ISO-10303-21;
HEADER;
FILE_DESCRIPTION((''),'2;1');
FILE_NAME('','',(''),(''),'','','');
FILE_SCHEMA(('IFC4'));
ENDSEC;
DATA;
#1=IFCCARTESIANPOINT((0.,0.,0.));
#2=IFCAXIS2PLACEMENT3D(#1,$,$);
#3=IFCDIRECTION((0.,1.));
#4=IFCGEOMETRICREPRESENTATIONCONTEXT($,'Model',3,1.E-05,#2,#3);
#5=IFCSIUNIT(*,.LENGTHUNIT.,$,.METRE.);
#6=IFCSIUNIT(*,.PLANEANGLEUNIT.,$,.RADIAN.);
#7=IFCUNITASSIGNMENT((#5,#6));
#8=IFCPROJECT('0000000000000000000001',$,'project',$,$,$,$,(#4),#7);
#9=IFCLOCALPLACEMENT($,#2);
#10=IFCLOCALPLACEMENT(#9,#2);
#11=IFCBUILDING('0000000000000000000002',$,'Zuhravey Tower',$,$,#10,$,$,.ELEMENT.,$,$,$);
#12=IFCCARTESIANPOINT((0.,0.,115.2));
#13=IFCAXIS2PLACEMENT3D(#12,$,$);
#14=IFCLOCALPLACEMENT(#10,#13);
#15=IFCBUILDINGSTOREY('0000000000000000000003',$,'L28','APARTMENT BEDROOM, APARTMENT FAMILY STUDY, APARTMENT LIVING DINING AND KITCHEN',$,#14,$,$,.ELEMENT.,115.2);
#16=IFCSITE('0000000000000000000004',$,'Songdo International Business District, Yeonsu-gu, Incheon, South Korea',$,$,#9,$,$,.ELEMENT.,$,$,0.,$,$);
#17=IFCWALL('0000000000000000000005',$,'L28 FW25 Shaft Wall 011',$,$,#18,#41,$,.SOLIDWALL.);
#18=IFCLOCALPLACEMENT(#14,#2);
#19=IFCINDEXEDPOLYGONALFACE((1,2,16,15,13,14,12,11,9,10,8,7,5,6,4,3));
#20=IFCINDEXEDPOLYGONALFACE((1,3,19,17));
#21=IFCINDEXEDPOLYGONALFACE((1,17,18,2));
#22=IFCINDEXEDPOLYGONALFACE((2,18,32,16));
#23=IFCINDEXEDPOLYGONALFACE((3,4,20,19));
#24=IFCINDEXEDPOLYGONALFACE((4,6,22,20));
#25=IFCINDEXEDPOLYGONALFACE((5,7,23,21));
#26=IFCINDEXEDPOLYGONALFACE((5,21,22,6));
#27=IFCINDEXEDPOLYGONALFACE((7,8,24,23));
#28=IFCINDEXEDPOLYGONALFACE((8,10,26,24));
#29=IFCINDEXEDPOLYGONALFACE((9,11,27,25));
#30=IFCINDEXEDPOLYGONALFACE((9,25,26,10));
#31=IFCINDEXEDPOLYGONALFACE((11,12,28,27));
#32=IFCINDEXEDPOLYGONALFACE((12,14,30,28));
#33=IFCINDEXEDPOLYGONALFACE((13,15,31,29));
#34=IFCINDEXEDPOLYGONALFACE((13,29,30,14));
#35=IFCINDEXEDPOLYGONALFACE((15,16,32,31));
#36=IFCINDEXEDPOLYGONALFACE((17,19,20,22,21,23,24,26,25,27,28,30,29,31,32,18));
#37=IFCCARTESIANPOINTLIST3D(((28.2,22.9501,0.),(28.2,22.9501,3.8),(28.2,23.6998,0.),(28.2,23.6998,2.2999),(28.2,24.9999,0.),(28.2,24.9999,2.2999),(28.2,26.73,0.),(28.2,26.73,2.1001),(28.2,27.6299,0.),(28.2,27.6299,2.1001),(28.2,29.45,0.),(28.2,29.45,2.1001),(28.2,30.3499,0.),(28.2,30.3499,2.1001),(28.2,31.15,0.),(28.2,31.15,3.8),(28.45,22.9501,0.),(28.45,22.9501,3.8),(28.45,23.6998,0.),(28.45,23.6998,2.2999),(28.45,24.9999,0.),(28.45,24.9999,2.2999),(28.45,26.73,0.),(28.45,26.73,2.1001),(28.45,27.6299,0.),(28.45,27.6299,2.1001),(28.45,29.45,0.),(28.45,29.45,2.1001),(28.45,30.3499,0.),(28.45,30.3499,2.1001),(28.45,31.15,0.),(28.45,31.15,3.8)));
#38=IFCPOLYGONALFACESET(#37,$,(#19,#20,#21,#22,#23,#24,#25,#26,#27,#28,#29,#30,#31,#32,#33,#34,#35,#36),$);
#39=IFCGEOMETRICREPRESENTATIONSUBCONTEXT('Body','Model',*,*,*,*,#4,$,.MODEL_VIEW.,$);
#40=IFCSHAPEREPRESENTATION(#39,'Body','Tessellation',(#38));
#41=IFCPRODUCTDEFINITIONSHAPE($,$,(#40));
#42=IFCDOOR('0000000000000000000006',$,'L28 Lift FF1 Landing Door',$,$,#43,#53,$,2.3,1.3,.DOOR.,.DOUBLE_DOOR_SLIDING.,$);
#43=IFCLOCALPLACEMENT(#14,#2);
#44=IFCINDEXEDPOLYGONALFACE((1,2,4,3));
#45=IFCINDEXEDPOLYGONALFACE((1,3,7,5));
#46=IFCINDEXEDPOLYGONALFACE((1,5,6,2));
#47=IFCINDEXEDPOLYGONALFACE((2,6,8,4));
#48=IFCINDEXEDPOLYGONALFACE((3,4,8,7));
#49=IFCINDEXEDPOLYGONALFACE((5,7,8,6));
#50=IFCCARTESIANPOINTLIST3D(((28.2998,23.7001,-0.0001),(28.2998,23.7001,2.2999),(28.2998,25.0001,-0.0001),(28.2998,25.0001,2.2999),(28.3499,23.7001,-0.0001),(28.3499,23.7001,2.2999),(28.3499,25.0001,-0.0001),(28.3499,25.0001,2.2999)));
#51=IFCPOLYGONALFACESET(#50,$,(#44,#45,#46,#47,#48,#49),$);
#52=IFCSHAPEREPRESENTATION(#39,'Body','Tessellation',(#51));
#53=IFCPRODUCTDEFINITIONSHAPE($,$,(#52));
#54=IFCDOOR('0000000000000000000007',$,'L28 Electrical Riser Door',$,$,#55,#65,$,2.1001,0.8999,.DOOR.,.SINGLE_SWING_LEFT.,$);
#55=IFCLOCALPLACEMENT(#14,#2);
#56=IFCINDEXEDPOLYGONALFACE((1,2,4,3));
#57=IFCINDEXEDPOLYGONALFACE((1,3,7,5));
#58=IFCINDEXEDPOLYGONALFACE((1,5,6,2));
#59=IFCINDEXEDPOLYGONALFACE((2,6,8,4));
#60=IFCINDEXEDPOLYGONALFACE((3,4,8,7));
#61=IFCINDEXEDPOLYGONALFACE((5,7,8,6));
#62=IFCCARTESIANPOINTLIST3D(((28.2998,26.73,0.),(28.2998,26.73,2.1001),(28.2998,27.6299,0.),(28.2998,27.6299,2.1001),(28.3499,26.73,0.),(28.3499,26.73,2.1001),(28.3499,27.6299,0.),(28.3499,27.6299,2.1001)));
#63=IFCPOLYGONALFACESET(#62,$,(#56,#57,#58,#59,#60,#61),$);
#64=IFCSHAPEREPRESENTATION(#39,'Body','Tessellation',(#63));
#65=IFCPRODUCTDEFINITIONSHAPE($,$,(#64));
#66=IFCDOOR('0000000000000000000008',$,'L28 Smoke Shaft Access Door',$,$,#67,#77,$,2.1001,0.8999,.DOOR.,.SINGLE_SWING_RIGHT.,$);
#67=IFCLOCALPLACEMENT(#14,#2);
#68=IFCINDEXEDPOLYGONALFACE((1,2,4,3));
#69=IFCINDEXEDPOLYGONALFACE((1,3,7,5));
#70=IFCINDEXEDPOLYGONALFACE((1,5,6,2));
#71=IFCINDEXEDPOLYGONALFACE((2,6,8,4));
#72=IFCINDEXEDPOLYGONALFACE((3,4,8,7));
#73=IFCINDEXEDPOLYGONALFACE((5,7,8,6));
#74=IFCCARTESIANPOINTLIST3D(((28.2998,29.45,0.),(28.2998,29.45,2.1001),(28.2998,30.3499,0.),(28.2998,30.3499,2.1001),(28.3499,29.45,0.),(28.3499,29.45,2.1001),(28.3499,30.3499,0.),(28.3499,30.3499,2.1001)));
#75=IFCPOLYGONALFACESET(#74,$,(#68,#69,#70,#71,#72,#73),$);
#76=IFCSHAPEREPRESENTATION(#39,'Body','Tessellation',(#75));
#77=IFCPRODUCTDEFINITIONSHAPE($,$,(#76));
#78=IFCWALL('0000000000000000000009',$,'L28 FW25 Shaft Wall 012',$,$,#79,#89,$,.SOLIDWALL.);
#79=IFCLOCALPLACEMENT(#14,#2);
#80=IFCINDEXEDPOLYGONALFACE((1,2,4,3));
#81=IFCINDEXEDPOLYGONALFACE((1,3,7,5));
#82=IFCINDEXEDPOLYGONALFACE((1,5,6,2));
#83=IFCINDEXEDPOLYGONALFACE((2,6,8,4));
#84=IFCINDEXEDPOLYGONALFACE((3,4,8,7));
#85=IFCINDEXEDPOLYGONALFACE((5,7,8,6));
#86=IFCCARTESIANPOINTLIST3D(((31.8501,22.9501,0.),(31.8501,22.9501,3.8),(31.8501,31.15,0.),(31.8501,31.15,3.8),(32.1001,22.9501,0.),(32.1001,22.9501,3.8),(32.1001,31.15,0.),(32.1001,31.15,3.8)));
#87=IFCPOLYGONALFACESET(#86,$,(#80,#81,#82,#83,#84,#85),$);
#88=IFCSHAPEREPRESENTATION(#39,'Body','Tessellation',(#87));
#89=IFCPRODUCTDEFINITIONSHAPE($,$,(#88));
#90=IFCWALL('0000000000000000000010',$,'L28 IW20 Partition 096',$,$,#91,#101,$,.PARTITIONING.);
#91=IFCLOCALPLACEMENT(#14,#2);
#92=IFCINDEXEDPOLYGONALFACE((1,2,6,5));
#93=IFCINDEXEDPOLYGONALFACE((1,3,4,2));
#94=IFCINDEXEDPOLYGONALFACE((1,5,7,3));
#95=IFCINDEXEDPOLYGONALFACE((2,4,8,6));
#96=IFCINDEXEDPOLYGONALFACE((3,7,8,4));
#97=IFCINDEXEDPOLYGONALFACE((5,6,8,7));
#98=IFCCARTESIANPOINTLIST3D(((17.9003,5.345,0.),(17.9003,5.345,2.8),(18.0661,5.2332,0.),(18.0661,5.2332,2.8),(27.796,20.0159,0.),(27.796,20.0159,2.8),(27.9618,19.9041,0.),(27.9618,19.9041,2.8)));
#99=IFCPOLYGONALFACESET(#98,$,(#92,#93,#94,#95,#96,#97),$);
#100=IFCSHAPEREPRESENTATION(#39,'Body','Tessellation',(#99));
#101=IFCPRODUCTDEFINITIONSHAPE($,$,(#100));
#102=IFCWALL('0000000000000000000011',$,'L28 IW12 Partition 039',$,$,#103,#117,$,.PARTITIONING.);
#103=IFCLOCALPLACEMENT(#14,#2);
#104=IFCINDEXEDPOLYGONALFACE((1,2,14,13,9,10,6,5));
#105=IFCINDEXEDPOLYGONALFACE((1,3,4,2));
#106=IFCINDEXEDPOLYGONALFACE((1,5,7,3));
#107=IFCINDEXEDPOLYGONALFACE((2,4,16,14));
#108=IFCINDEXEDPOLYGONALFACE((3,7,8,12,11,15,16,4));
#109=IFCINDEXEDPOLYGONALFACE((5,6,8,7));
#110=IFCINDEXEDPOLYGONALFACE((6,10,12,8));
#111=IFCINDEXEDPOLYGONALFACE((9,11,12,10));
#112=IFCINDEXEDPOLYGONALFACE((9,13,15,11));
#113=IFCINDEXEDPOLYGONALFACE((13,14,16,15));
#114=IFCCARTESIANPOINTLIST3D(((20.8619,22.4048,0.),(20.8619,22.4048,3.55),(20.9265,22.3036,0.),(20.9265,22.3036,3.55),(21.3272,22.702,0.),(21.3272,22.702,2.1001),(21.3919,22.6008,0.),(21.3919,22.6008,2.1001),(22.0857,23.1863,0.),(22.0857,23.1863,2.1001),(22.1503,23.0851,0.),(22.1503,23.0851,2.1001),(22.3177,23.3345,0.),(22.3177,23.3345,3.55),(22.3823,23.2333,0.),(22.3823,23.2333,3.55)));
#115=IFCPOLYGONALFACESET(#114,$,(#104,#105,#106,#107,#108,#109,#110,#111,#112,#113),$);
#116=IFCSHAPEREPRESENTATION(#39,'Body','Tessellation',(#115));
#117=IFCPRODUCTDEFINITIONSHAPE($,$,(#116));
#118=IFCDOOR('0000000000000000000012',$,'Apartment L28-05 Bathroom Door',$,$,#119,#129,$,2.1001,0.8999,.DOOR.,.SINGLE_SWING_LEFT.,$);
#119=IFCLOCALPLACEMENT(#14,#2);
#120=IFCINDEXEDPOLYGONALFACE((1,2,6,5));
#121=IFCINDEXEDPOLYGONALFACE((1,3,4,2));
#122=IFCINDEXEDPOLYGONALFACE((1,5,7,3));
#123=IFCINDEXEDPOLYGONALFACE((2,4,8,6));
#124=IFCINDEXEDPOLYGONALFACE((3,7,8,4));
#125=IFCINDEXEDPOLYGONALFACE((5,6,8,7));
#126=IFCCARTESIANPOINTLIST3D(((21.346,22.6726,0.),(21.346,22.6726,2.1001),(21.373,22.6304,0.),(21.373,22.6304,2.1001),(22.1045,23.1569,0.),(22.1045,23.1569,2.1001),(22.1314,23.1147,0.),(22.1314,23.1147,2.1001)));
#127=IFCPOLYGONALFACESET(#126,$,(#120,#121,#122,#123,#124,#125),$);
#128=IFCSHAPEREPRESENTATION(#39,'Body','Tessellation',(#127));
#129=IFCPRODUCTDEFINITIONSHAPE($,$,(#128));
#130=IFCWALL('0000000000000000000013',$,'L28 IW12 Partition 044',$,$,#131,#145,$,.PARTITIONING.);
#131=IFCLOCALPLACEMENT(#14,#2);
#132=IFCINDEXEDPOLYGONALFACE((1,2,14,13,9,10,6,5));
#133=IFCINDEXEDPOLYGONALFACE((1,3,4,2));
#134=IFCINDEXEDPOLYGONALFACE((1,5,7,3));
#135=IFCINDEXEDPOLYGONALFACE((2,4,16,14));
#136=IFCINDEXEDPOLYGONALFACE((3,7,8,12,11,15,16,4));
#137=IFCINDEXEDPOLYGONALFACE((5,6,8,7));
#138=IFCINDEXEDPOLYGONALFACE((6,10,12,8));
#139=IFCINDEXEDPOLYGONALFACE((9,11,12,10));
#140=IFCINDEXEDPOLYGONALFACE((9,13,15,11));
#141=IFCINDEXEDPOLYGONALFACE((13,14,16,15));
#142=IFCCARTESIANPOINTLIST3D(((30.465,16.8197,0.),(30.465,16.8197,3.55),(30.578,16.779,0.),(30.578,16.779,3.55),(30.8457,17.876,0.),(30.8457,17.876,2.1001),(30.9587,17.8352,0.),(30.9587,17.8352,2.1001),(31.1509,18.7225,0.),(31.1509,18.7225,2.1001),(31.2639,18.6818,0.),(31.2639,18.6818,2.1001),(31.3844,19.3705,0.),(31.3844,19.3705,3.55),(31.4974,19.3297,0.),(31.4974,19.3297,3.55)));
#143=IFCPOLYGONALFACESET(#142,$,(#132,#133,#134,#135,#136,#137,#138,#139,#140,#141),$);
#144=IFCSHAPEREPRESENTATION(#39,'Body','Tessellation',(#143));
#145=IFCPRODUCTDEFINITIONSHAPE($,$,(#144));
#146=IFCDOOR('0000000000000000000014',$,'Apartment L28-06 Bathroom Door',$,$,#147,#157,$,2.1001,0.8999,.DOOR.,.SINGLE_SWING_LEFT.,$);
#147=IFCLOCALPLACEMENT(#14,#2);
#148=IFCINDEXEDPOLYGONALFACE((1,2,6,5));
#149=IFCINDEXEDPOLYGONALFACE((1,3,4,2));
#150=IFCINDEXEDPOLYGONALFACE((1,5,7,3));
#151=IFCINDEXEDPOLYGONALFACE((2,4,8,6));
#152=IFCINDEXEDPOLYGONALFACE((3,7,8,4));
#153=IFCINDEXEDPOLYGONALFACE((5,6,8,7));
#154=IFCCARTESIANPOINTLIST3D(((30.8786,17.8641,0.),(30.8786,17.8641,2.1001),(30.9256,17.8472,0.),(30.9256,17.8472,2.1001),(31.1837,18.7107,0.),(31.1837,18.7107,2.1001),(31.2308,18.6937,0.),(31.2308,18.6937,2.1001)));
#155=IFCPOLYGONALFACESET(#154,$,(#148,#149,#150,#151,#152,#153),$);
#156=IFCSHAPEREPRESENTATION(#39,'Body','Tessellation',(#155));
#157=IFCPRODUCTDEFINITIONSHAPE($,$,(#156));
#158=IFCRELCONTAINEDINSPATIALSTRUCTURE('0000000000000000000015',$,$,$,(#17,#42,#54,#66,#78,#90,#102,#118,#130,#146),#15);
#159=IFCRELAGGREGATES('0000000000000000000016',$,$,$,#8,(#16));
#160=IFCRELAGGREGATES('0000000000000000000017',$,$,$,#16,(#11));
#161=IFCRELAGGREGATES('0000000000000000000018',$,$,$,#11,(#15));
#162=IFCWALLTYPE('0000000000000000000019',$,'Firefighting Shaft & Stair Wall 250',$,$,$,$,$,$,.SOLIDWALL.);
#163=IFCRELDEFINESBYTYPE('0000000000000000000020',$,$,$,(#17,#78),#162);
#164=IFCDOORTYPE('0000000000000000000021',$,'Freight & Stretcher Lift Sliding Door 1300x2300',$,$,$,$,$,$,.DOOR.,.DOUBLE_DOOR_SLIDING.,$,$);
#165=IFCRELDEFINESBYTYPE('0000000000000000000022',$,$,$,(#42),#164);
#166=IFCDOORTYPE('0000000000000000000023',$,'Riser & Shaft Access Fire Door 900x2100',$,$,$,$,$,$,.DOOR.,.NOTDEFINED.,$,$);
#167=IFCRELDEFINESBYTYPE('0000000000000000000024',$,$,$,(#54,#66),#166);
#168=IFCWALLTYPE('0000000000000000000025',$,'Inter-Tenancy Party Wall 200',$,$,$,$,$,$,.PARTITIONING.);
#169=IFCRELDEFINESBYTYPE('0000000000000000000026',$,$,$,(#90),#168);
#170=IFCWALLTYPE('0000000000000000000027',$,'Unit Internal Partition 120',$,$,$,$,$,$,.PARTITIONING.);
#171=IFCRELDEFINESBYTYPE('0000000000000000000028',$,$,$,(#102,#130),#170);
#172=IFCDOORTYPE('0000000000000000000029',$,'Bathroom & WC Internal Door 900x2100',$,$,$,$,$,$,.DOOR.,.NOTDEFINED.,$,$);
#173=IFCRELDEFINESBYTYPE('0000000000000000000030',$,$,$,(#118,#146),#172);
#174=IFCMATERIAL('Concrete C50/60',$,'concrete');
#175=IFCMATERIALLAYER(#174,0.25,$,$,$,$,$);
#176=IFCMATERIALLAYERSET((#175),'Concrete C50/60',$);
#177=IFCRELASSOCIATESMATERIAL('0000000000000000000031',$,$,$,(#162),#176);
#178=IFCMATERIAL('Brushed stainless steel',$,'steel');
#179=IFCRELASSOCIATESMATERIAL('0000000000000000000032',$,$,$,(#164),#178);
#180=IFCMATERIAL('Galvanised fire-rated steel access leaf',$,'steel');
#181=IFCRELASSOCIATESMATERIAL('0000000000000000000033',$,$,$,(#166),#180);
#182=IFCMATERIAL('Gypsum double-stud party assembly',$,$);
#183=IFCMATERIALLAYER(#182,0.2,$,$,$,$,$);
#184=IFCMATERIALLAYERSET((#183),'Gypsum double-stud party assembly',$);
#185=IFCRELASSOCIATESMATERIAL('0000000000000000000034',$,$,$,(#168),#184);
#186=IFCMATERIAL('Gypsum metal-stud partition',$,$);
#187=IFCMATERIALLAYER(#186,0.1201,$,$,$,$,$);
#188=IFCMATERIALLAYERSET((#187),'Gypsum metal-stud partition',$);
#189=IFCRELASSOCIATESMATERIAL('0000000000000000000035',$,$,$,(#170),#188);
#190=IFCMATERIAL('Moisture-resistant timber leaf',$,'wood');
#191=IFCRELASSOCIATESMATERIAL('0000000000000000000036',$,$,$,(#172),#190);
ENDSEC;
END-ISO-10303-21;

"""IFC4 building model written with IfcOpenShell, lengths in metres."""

from ifc_helpers import new_model, si_unit, direction, frame, frame_2d, origin, place, context, subcontext, project, spatial, rectangle, extrude, material, layer, layer_set, type_object, element, fill, save


model = new_model("IFC4")

# Units and contexts
model_context = context("Model", 3, precision=1e-05, world=origin(), true_north=direction((0.0, 1.0)))
body_context = subcontext(model_context, "Body", "Model", "MODEL_VIEW")
ifc_project = project(units=[si_unit("LENGTHUNIT", "METRE"), si_unit("PLANEANGLEUNIT", "RADIAN")], contexts=[model_context])

# Site, building, storey
site_placement = place(None, origin())
site = spatial("IfcSite", under=ifc_project, at=site_placement, Name="Songdo International Business District, Yeonsu-gu, Incheon, South Korea", CompositionType="ELEMENT", RefElevation=0.0)
building_placement = place(site_placement, origin())
building = spatial("IfcBuilding", under=site, at=building_placement, Name="Zuhravey Tower", CompositionType="ELEMENT")
storey_placement = place(building_placement, frame((0.0, 0.0, 115.2)))
storey = spatial("IfcBuildingStorey", under=building, at=storey_placement, Name="L28", Description="APARTMENT BEDROOM, APARTMENT FAMILY STUDY, APARTMENT LIVING DINING AND KITCHEN", CompositionType="ELEMENT", Elevation=115.2)

# Wall, openings, doors
ifc_material_1 = material(Name="Concrete C50/60", Category="concrete")
ifc_layer_1 = layer(ifc_material_1, 0.25)
ifc_layer_set_1 = layer_set([ifc_layer_1], Name="Concrete C50/60")
wall_type_1 = type_object("IfcWallType", Name="Firefighting Shaft & Stair Wall 250", PredefinedType="SOLIDWALL", material=ifc_layer_set_1)
wall_1_placement = place(storey_placement, frame((28.325, 22.95, 0.0), z_axis=(0.0, 0.0, 1.0), x_axis=(0.0, 1.0, 0.0)))
wall_1 = element("IfcWall", 1, at=wall_1_placement, inside=storey, type_object=wall_type_1, Name="L28 FW25 Shaft Wall 011", PredefinedType="SOLIDWALL", context=body_context, shape_type="SweptSolid", body=[
    extrude(rectangle(XDim=8.2, YDim=0.25, at=frame_2d((4.1001, 0.0))), origin(), (0.0, 0.0, 1.0), 3.8),
])
opening_1_placement = place(wall_1_placement, frame((0.75, 0.0, 0.0)))
opening_1 = element("IfcOpeningElement", 2, at=opening_1_placement, cuts=wall_1, PredefinedType="OPENING", context=body_context, shape_type="SweptSolid", body=[
    extrude(rectangle(XDim=1.3, YDim=2.3, at=frame_2d((0.6499, 1.1499))), frame((0.0, 0.137, 0.0), z_axis=(0.0, -1.0, 0.0), x_axis=(1.0, 0.0, 0.0)), (0.0, 0.0, 1.0), 0.2739),
])
opening_2_placement = place(wall_1_placement, frame((3.78, 0.0, 0.0)))
opening_2 = element("IfcOpeningElement", 3, at=opening_2_placement, cuts=wall_1, PredefinedType="OPENING", context=body_context, shape_type="SweptSolid", body=[
    extrude(rectangle(XDim=0.8999, YDim=2.1001, at=frame_2d((0.45, 1.05))), frame((0.0, 0.137, 0.0), z_axis=(0.0, -1.0, 0.0), x_axis=(1.0, 0.0, 0.0)), (0.0, 0.0, 1.0), 0.2739),
])
opening_3_placement = place(wall_1_placement, frame((6.5, 0.0, 0.0)))
opening_3 = element("IfcOpeningElement", 4, at=opening_3_placement, cuts=wall_1, PredefinedType="OPENING", context=body_context, shape_type="SweptSolid", body=[
    extrude(rectangle(XDim=0.8999, YDim=2.1001, at=frame_2d((0.45, 1.05))), frame((0.0, 0.137, 0.0), z_axis=(0.0, -1.0, 0.0), x_axis=(1.0, 0.0, 0.0)), (0.0, 0.0, 1.0), 0.2739),
])
ifc_material_2 = material(Name="Brushed stainless steel", Category="steel")
door_type_1 = type_object("IfcDoorType", Name="Freight & Stretcher Lift Sliding Door 1300x2300", OperationType="DOUBLE_DOOR_SLIDING", PredefinedType="DOOR", material=ifc_material_2)
door_1_placement = place(opening_1_placement, frame((1.3, 0.0, 0.0), z_axis=(0.0, 0.0, 1.0), x_axis=(-1.0, 0.0, 0.0)))
door_1 = element("IfcDoor", 5, at=door_1_placement, inside=storey, type_object=door_type_1, Name="L28 Lift FF1 Landing Door", OperationType="DOUBLE_DOOR_SLIDING", OverallHeight=2.3, OverallWidth=1.3, PredefinedType="DOOR", context=body_context, shape_type="SweptSolid", body=[
    extrude(rectangle(XDim=1.3, YDim=2.3, at=frame_2d((0.6499, 1.1499))), frame((0.0, 0.0249, 0.0), z_axis=(0.0, -1.0, 0.0), x_axis=(1.0, 0.0, 0.0)), (0.0, 0.0, 1.0), 0.05),
])
fill(opening_1, door_1)
ifc_material_3 = material(Name="Galvanised fire-rated steel access leaf", Category="steel")
door_type_2 = type_object("IfcDoorType", Name="Riser & Shaft Access Fire Door 900x2100", OperationType="NOTDEFINED", PredefinedType="DOOR", material=ifc_material_3)
door_2_placement = place(opening_2_placement, frame((0.8999, 0.0, 0.0), z_axis=(0.0, 0.0, 1.0), x_axis=(-1.0, 0.0, 0.0)))
door_2 = element("IfcDoor", 6, at=door_2_placement, inside=storey, type_object=door_type_2, Name="L28 Electrical Riser Door", OperationType="SINGLE_SWING_LEFT", OverallHeight=2.1001, OverallWidth=0.8999, PredefinedType="DOOR", context=body_context, shape_type="SweptSolid", body=[
    extrude(rectangle(XDim=0.8999, YDim=2.1001, at=frame_2d((0.45, 1.05))), frame((0.0, 0.0249, 0.0), z_axis=(0.0, -1.0, 0.0), x_axis=(1.0, 0.0, 0.0)), (0.0, 0.0, 1.0), 0.05),
])
fill(opening_2, door_2)
door_3_placement = place(opening_3_placement, frame((0.8999, 0.0, 0.0), z_axis=(0.0, 0.0, 1.0), x_axis=(-1.0, 0.0, 0.0)))
door_3 = element("IfcDoor", 7, at=door_3_placement, inside=storey, type_object=door_type_2, Name="L28 Smoke Shaft Access Door", OperationType="SINGLE_SWING_RIGHT", OverallHeight=2.1001, OverallWidth=0.8999, PredefinedType="DOOR", context=body_context, shape_type="SweptSolid", body=[
    extrude(rectangle(XDim=0.8999, YDim=2.1001, at=frame_2d((0.45, 1.05))), frame((0.0, 0.0249, 0.0), z_axis=(0.0, -1.0, 0.0), x_axis=(1.0, 0.0, 0.0)), (0.0, 0.0, 1.0), 0.05),
])
fill(opening_3, door_3)

# Walls
wall_2_placement = place(storey_placement, frame((31.9751, 22.95, 0.0), z_axis=(0.0, 0.0, 1.0), x_axis=(0.0, 1.0, 0.0)))
element("IfcWall", 8, at=wall_2_placement, inside=storey, type_object=wall_type_1, Name="L28 FW25 Shaft Wall 012", PredefinedType="SOLIDWALL", context=body_context, shape_type="SweptSolid", body=[
    extrude(rectangle(XDim=8.2, YDim=0.25, at=frame_2d((4.1001, 0.0))), origin(), (0.0, 0.0, 1.0), 3.8),
])
ifc_material_4 = material(Name="Gypsum double-stud party assembly")
ifc_layer_2 = layer(ifc_material_4, 0.2)
ifc_layer_set_2 = layer_set([ifc_layer_2], Name="Gypsum double-stud party assembly")
wall_type_2 = type_object("IfcWallType", Name="Inter-Tenancy Party Wall 200", PredefinedType="PARTITIONING", material=ifc_layer_set_2)
wall_3_placement = place(storey_placement, frame((27.8789, 19.96, 0.0), z_axis=(0.0, 0.0, 1.0), x_axis=(-0.559197, -0.829035, 0.0)))
element("IfcWall", 9, at=wall_3_placement, inside=storey, type_object=wall_type_2, Name="L28 IW20 Partition 096", PredefinedType="PARTITIONING", context=body_context, shape_type="SweptSolid", body=[
    extrude(rectangle(XDim=17.6963, YDim=0.2, at=frame_2d((8.8481, 0.0))), origin(), (0.0, 0.0, 1.0), 2.8),
])

# Walls, openings, doors
ifc_material_5 = material(Name="Gypsum metal-stud partition")
ifc_layer_3 = layer(ifc_material_5, 0.1201)
ifc_layer_set_3 = layer_set([ifc_layer_3], Name="Gypsum metal-stud partition")
wall_type_3 = type_object("IfcWallType", Name="Unit Internal Partition 120", PredefinedType="PARTITIONING", material=ifc_layer_set_3)
wall_4_placement = place(storey_placement, frame((22.3501, 23.2839, 0.0), z_axis=(0.0, 0.0, 1.0), x_axis=(-0.842805, -0.538219, 0.0)))
wall_4 = element("IfcWall", 10, at=wall_4_placement, inside=storey, type_object=wall_type_3, Name="L28 IW12 Partition 039", PredefinedType="PARTITIONING", context=body_context, shape_type="SweptSolid", body=[
    extrude(rectangle(XDim=1.7273, YDim=0.1201, at=frame_2d((0.8638, 0.0))), origin(), (0.0, 0.0, 1.0), 3.55),
])
opening_4_placement = place(wall_4_placement, frame((0.2754, 0.0, 0.0)))
opening_4 = element("IfcOpeningElement", 11, at=opening_4_placement, cuts=wall_4, PredefinedType="OPENING", context=body_context, shape_type="SweptSolid", body=[
    extrude(rectangle(XDim=0.8999, YDim=2.1001, at=frame_2d((0.45, 1.05))), frame((0.0, 0.072, 0.0), z_axis=(0.0, -1.0, 0.0), x_axis=(1.0, 0.0, 0.0)), (0.0, 0.0, 1.0), 0.144),
])
ifc_material_6 = material(Name="Moisture-resistant timber leaf", Category="wood")
door_type_3 = type_object("IfcDoorType", Name="Bathroom & WC Internal Door 900x2100", OperationType="NOTDEFINED", PredefinedType="DOOR", material=ifc_material_6)
door_4_placement = place(opening_4_placement, origin())
door_4 = element("IfcDoor", 12, at=door_4_placement, inside=storey, type_object=door_type_3, Name="Apartment L28-05 Bathroom Door", OperationType="SINGLE_SWING_LEFT", OverallHeight=2.1001, OverallWidth=0.8999, PredefinedType="DOOR", context=body_context, shape_type="SweptSolid", body=[
    extrude(rectangle(XDim=0.8999, YDim=2.1001, at=frame_2d((0.45, 1.05))), frame((0.0, 0.0249, 0.0), z_axis=(0.0, -1.0, 0.0), x_axis=(1.0, 0.0, 0.0)), (0.0, 0.0, 1.0), 0.05),
])
fill(opening_4, door_4)
wall_5_placement = place(storey_placement, frame((31.4409, 19.3501, 0.0), z_axis=(0.0, 0.0, 1.0), x_axis=(-0.339096, -0.940752, 0.0)))
wall_5 = element("IfcWall", 13, at=wall_5_placement, inside=storey, type_object=wall_type_3, Name="L28 IW12 Partition 044", PredefinedType="PARTITIONING", context=body_context, shape_type="SweptSolid", body=[
    extrude(rectangle(XDim=2.7114, YDim=0.1201, at=frame_2d((1.3557, 0.0))), origin(), (0.0, 0.0, 1.0), 3.55),
])
opening_5_placement = place(wall_5_placement, frame((0.6887, 0.0, 0.0)))
opening_5 = element("IfcOpeningElement", 14, at=opening_5_placement, cuts=wall_5, PredefinedType="OPENING", context=body_context, shape_type="SweptSolid", body=[
    extrude(rectangle(XDim=0.8999, YDim=2.1001, at=frame_2d((0.45, 1.05))), frame((0.0, 0.072, 0.0), z_axis=(0.0, -1.0, 0.0), x_axis=(1.0, 0.0, 0.0)), (0.0, 0.0, 1.0), 0.144),
])
door_5_placement = place(opening_5_placement, origin())
door_5 = element("IfcDoor", 15, at=door_5_placement, inside=storey, type_object=door_type_3, Name="Apartment L28-06 Bathroom Door", OperationType="SINGLE_SWING_LEFT", OverallHeight=2.1001, OverallWidth=0.8999, PredefinedType="DOOR", context=body_context, shape_type="SweptSolid", body=[
    extrude(rectangle(XDim=0.8999, YDim=2.1001, at=frame_2d((0.45, 1.05))), frame((0.0, 0.0249, 0.0), z_axis=(0.0, -1.0, 0.0), x_axis=(1.0, 0.0, 0.0)), (0.0, 0.0, 1.0), 0.05),
])
fill(opening_5, door_5)

save(model, "model.ifc")
